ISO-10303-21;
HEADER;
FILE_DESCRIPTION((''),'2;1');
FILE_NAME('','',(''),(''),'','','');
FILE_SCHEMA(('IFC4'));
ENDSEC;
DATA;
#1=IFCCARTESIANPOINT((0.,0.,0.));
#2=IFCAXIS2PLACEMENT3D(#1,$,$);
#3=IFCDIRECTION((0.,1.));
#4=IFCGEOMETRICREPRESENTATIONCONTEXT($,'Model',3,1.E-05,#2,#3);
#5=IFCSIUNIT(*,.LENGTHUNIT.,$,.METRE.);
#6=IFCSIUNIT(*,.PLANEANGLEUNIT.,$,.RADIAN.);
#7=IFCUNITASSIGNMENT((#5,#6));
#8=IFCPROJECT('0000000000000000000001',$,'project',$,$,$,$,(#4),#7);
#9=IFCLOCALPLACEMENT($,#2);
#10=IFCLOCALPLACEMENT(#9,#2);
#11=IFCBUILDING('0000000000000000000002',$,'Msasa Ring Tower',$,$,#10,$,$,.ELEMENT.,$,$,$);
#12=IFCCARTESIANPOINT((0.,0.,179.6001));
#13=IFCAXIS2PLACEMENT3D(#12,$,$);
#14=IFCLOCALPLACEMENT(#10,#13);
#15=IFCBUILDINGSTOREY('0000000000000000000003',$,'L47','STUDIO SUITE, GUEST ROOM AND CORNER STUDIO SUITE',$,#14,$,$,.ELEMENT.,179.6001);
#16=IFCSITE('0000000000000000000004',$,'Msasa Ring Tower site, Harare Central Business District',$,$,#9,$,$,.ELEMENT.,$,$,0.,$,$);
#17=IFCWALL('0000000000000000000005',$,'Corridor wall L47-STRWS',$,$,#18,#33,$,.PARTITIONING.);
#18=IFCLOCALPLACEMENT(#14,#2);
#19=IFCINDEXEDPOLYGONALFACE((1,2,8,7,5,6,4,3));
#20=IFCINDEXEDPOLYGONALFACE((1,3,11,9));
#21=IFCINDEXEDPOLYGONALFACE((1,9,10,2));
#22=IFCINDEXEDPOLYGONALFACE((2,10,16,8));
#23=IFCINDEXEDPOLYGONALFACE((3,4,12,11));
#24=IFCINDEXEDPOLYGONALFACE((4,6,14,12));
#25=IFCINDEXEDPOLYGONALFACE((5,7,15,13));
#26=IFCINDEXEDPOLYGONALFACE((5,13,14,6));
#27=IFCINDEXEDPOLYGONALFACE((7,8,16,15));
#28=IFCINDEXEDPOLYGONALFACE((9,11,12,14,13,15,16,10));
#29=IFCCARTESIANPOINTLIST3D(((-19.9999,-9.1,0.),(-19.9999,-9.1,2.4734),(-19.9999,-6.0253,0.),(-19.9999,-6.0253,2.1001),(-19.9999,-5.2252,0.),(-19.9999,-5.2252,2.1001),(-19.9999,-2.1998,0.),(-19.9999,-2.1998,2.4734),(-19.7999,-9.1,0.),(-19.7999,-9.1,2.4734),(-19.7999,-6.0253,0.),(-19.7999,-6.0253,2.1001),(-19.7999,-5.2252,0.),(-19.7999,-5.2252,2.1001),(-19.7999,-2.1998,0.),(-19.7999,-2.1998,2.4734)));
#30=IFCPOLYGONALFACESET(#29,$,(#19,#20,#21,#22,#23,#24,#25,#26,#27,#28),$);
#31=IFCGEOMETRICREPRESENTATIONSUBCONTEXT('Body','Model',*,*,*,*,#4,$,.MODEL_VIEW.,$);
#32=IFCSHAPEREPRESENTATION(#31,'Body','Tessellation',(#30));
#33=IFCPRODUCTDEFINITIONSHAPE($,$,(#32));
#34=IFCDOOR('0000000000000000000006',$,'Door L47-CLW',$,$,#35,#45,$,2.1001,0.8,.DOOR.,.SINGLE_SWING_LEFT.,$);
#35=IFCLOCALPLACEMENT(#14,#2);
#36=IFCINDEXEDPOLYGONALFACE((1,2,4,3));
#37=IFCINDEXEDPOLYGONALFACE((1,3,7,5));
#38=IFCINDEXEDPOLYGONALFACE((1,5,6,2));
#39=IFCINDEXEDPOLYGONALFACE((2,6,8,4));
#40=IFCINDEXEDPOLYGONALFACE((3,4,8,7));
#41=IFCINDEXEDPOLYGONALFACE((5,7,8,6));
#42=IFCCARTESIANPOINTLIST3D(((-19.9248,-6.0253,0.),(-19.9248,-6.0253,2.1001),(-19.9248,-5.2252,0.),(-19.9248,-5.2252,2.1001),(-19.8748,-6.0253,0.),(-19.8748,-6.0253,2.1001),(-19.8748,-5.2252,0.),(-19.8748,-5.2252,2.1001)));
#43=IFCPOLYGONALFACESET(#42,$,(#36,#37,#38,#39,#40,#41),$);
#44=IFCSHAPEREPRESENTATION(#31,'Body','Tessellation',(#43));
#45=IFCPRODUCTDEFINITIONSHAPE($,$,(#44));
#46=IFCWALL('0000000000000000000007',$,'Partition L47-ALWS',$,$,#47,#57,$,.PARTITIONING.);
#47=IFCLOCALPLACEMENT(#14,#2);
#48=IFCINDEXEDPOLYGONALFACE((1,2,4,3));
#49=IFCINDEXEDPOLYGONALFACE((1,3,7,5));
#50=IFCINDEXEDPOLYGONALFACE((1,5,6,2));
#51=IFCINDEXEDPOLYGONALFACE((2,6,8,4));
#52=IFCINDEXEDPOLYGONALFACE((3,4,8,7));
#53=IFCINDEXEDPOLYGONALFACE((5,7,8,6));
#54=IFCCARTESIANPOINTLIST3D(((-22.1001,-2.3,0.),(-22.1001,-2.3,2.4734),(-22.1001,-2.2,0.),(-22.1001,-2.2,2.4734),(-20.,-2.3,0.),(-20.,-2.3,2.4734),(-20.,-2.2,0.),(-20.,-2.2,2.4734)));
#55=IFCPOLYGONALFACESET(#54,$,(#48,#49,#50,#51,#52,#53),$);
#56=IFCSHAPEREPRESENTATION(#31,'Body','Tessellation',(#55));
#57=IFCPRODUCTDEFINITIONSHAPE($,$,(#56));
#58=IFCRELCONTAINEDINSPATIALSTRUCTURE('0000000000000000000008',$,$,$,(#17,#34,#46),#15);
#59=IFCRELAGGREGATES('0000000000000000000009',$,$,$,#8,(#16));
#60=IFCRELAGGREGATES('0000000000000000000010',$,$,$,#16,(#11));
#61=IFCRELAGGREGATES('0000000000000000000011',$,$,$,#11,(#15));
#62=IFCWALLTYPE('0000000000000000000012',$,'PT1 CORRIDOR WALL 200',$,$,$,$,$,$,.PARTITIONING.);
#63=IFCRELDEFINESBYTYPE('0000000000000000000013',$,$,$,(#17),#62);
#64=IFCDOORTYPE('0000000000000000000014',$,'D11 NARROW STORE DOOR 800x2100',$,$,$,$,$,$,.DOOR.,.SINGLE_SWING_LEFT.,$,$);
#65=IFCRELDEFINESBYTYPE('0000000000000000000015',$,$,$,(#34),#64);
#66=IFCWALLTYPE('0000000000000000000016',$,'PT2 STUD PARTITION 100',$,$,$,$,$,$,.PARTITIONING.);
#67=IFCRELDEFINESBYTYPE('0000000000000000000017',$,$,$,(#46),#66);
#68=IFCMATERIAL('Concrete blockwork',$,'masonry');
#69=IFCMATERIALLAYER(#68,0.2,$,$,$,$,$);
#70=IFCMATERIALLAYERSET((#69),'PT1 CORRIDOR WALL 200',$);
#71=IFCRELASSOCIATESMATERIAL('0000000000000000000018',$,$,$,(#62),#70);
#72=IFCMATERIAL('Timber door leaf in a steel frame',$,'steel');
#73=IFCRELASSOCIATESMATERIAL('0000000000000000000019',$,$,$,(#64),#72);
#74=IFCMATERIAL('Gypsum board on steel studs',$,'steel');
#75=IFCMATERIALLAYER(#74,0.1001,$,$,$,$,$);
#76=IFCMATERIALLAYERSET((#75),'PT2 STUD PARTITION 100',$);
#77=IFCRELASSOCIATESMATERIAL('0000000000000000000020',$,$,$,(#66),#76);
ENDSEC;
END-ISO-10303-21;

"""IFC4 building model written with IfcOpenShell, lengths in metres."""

from ifc_helpers import new_model, si_unit, direction, frame, frame_2d, origin, place, context, subcontext, project, spatial, rectangle, extrude, material, layer, layer_set, type_object, element, fill, save


model = new_model("IFC4")

# Units and contexts
model_context = context("Model", 3, precision=1e-05, world=origin(), true_north=direction((0.0, 1.0)))
body_context = subcontext(model_context, "Body", "Model", "MODEL_VIEW")
ifc_project = project(units=[si_unit("LENGTHUNIT", "METRE"), si_unit("PLANEANGLEUNIT", "RADIAN")], contexts=[model_context])

# Site, building, storey
site_placement = place(None, origin())
site = spatial("IfcSite", under=ifc_project, at=site_placement, Name="Msasa Ring Tower site, Harare Central Business District", CompositionType="ELEMENT", RefElevation=0.0)
building_placement = place(site_placement, origin())
building = spatial("IfcBuilding", under=site, at=building_placement, Name="Msasa Ring Tower", CompositionType="ELEMENT")
storey_placement = place(building_placement, frame((0.0, 0.0, 179.6001)))
storey = spatial("IfcBuildingStorey", under=building, at=storey_placement, Name="L47", Description="STUDIO SUITE, GUEST ROOM AND CORNER STUDIO SUITE", CompositionType="ELEMENT", Elevation=179.6001)

# Wall, opening, door
ifc_material_1 = material(Name="Concrete blockwork", Category="masonry")
ifc_layer_1 = layer(ifc_material_1, 0.2)
ifc_layer_set_1 = layer_set([ifc_layer_1], Name="PT1 CORRIDOR WALL 200")
wall_type_1 = type_object("IfcWallType", Name="PT1 CORRIDOR WALL 200", PredefinedType="PARTITIONING", material=ifc_layer_set_1)
wall_1_placement = place(storey_placement, frame((-19.8999, -9.1001, 0.0), z_axis=(0.0, 0.0, 1.0), x_axis=(0.0, 1.0, 0.0)))
wall_1 = element("IfcWall", 1, at=wall_1_placement, inside=storey, type_object=wall_type_1, Name="Corridor wall L47-STRWS", PredefinedType="PARTITIONING", context=body_context, shape_type="SweptSolid", body=[
    extrude(rectangle(XDim=6.9001, YDim=0.2, at=frame_2d((3.4502, 0.0))), origin(), (0.0, 0.0, 1.0), 2.4734),
])
opening_1_placement = place(wall_1_placement, frame((3.075, 0.0, 0.0)))
opening_1 = element("IfcOpeningElement", 2, at=opening_1_placement, cuts=wall_1, PredefinedType="OPENING", context=body_context, shape_type="SweptSolid", body=[
    extrude(rectangle(XDim=0.8, YDim=2.1001, at=frame_2d((0.3999, 1.05))), frame((0.0, 0.1099, 0.0), z_axis=(0.0, -1.0, 0.0), x_axis=(1.0, 0.0, 0.0)), (0.0, 0.0, 1.0), 0.22),
])
ifc_material_2 = material(Name="Timber door leaf in a steel frame", Category="steel")
door_type = type_object("IfcDoorType", Name="D11 NARROW STORE DOOR 800x2100", OperationType="SINGLE_SWING_LEFT", PredefinedType="DOOR", material=ifc_material_2)
door_placement = place(opening_1_placement, origin())
door = element("IfcDoor", 3, at=door_placement, inside=storey, type_object=door_type, Name="Door L47-CLW", OperationType="SINGLE_SWING_LEFT", OverallHeight=2.1001, OverallWidth=0.8, PredefinedType="DOOR", context=body_context, shape_type="SweptSolid", body=[
    extrude(rectangle(XDim=0.8, YDim=2.1001, at=frame_2d((0.3999, 1.05))), frame((0.0, 0.0249, 0.0), z_axis=(0.0, -1.0, 0.0), x_axis=(1.0, 0.0, 0.0)), (0.0, 0.0, 1.0), 0.05),
])
fill(opening_1, door)

# Wall
ifc_material_3 = material(Name="Gypsum board on steel studs", Category="steel")
ifc_layer_2 = layer(ifc_material_3, 0.1001)
ifc_layer_set_2 = layer_set([ifc_layer_2], Name="PT2 STUD PARTITION 100")
wall_type_2 = type_object("IfcWallType", Name="PT2 STUD PARTITION 100", PredefinedType="PARTITIONING", material=ifc_layer_set_2)
wall_2_placement = place(storey_placement, frame((-22.1001, -2.25, 0.0), z_axis=(0.0, 0.0, 1.0), x_axis=(1.0, 0.0, 0.0)))
element("IfcWall", 4, at=wall_2_placement, inside=storey, type_object=wall_type_2, Name="Partition L47-ALWS", PredefinedType="PARTITIONING", context=body_context, shape_type="SweptSolid", body=[
    extrude(rectangle(XDim=2.1001, YDim=0.1001, at=frame_2d((1.05, 0.0))), origin(), (0.0, 0.0, 1.0), 2.4734),
])

save(model, "model.ifc")
